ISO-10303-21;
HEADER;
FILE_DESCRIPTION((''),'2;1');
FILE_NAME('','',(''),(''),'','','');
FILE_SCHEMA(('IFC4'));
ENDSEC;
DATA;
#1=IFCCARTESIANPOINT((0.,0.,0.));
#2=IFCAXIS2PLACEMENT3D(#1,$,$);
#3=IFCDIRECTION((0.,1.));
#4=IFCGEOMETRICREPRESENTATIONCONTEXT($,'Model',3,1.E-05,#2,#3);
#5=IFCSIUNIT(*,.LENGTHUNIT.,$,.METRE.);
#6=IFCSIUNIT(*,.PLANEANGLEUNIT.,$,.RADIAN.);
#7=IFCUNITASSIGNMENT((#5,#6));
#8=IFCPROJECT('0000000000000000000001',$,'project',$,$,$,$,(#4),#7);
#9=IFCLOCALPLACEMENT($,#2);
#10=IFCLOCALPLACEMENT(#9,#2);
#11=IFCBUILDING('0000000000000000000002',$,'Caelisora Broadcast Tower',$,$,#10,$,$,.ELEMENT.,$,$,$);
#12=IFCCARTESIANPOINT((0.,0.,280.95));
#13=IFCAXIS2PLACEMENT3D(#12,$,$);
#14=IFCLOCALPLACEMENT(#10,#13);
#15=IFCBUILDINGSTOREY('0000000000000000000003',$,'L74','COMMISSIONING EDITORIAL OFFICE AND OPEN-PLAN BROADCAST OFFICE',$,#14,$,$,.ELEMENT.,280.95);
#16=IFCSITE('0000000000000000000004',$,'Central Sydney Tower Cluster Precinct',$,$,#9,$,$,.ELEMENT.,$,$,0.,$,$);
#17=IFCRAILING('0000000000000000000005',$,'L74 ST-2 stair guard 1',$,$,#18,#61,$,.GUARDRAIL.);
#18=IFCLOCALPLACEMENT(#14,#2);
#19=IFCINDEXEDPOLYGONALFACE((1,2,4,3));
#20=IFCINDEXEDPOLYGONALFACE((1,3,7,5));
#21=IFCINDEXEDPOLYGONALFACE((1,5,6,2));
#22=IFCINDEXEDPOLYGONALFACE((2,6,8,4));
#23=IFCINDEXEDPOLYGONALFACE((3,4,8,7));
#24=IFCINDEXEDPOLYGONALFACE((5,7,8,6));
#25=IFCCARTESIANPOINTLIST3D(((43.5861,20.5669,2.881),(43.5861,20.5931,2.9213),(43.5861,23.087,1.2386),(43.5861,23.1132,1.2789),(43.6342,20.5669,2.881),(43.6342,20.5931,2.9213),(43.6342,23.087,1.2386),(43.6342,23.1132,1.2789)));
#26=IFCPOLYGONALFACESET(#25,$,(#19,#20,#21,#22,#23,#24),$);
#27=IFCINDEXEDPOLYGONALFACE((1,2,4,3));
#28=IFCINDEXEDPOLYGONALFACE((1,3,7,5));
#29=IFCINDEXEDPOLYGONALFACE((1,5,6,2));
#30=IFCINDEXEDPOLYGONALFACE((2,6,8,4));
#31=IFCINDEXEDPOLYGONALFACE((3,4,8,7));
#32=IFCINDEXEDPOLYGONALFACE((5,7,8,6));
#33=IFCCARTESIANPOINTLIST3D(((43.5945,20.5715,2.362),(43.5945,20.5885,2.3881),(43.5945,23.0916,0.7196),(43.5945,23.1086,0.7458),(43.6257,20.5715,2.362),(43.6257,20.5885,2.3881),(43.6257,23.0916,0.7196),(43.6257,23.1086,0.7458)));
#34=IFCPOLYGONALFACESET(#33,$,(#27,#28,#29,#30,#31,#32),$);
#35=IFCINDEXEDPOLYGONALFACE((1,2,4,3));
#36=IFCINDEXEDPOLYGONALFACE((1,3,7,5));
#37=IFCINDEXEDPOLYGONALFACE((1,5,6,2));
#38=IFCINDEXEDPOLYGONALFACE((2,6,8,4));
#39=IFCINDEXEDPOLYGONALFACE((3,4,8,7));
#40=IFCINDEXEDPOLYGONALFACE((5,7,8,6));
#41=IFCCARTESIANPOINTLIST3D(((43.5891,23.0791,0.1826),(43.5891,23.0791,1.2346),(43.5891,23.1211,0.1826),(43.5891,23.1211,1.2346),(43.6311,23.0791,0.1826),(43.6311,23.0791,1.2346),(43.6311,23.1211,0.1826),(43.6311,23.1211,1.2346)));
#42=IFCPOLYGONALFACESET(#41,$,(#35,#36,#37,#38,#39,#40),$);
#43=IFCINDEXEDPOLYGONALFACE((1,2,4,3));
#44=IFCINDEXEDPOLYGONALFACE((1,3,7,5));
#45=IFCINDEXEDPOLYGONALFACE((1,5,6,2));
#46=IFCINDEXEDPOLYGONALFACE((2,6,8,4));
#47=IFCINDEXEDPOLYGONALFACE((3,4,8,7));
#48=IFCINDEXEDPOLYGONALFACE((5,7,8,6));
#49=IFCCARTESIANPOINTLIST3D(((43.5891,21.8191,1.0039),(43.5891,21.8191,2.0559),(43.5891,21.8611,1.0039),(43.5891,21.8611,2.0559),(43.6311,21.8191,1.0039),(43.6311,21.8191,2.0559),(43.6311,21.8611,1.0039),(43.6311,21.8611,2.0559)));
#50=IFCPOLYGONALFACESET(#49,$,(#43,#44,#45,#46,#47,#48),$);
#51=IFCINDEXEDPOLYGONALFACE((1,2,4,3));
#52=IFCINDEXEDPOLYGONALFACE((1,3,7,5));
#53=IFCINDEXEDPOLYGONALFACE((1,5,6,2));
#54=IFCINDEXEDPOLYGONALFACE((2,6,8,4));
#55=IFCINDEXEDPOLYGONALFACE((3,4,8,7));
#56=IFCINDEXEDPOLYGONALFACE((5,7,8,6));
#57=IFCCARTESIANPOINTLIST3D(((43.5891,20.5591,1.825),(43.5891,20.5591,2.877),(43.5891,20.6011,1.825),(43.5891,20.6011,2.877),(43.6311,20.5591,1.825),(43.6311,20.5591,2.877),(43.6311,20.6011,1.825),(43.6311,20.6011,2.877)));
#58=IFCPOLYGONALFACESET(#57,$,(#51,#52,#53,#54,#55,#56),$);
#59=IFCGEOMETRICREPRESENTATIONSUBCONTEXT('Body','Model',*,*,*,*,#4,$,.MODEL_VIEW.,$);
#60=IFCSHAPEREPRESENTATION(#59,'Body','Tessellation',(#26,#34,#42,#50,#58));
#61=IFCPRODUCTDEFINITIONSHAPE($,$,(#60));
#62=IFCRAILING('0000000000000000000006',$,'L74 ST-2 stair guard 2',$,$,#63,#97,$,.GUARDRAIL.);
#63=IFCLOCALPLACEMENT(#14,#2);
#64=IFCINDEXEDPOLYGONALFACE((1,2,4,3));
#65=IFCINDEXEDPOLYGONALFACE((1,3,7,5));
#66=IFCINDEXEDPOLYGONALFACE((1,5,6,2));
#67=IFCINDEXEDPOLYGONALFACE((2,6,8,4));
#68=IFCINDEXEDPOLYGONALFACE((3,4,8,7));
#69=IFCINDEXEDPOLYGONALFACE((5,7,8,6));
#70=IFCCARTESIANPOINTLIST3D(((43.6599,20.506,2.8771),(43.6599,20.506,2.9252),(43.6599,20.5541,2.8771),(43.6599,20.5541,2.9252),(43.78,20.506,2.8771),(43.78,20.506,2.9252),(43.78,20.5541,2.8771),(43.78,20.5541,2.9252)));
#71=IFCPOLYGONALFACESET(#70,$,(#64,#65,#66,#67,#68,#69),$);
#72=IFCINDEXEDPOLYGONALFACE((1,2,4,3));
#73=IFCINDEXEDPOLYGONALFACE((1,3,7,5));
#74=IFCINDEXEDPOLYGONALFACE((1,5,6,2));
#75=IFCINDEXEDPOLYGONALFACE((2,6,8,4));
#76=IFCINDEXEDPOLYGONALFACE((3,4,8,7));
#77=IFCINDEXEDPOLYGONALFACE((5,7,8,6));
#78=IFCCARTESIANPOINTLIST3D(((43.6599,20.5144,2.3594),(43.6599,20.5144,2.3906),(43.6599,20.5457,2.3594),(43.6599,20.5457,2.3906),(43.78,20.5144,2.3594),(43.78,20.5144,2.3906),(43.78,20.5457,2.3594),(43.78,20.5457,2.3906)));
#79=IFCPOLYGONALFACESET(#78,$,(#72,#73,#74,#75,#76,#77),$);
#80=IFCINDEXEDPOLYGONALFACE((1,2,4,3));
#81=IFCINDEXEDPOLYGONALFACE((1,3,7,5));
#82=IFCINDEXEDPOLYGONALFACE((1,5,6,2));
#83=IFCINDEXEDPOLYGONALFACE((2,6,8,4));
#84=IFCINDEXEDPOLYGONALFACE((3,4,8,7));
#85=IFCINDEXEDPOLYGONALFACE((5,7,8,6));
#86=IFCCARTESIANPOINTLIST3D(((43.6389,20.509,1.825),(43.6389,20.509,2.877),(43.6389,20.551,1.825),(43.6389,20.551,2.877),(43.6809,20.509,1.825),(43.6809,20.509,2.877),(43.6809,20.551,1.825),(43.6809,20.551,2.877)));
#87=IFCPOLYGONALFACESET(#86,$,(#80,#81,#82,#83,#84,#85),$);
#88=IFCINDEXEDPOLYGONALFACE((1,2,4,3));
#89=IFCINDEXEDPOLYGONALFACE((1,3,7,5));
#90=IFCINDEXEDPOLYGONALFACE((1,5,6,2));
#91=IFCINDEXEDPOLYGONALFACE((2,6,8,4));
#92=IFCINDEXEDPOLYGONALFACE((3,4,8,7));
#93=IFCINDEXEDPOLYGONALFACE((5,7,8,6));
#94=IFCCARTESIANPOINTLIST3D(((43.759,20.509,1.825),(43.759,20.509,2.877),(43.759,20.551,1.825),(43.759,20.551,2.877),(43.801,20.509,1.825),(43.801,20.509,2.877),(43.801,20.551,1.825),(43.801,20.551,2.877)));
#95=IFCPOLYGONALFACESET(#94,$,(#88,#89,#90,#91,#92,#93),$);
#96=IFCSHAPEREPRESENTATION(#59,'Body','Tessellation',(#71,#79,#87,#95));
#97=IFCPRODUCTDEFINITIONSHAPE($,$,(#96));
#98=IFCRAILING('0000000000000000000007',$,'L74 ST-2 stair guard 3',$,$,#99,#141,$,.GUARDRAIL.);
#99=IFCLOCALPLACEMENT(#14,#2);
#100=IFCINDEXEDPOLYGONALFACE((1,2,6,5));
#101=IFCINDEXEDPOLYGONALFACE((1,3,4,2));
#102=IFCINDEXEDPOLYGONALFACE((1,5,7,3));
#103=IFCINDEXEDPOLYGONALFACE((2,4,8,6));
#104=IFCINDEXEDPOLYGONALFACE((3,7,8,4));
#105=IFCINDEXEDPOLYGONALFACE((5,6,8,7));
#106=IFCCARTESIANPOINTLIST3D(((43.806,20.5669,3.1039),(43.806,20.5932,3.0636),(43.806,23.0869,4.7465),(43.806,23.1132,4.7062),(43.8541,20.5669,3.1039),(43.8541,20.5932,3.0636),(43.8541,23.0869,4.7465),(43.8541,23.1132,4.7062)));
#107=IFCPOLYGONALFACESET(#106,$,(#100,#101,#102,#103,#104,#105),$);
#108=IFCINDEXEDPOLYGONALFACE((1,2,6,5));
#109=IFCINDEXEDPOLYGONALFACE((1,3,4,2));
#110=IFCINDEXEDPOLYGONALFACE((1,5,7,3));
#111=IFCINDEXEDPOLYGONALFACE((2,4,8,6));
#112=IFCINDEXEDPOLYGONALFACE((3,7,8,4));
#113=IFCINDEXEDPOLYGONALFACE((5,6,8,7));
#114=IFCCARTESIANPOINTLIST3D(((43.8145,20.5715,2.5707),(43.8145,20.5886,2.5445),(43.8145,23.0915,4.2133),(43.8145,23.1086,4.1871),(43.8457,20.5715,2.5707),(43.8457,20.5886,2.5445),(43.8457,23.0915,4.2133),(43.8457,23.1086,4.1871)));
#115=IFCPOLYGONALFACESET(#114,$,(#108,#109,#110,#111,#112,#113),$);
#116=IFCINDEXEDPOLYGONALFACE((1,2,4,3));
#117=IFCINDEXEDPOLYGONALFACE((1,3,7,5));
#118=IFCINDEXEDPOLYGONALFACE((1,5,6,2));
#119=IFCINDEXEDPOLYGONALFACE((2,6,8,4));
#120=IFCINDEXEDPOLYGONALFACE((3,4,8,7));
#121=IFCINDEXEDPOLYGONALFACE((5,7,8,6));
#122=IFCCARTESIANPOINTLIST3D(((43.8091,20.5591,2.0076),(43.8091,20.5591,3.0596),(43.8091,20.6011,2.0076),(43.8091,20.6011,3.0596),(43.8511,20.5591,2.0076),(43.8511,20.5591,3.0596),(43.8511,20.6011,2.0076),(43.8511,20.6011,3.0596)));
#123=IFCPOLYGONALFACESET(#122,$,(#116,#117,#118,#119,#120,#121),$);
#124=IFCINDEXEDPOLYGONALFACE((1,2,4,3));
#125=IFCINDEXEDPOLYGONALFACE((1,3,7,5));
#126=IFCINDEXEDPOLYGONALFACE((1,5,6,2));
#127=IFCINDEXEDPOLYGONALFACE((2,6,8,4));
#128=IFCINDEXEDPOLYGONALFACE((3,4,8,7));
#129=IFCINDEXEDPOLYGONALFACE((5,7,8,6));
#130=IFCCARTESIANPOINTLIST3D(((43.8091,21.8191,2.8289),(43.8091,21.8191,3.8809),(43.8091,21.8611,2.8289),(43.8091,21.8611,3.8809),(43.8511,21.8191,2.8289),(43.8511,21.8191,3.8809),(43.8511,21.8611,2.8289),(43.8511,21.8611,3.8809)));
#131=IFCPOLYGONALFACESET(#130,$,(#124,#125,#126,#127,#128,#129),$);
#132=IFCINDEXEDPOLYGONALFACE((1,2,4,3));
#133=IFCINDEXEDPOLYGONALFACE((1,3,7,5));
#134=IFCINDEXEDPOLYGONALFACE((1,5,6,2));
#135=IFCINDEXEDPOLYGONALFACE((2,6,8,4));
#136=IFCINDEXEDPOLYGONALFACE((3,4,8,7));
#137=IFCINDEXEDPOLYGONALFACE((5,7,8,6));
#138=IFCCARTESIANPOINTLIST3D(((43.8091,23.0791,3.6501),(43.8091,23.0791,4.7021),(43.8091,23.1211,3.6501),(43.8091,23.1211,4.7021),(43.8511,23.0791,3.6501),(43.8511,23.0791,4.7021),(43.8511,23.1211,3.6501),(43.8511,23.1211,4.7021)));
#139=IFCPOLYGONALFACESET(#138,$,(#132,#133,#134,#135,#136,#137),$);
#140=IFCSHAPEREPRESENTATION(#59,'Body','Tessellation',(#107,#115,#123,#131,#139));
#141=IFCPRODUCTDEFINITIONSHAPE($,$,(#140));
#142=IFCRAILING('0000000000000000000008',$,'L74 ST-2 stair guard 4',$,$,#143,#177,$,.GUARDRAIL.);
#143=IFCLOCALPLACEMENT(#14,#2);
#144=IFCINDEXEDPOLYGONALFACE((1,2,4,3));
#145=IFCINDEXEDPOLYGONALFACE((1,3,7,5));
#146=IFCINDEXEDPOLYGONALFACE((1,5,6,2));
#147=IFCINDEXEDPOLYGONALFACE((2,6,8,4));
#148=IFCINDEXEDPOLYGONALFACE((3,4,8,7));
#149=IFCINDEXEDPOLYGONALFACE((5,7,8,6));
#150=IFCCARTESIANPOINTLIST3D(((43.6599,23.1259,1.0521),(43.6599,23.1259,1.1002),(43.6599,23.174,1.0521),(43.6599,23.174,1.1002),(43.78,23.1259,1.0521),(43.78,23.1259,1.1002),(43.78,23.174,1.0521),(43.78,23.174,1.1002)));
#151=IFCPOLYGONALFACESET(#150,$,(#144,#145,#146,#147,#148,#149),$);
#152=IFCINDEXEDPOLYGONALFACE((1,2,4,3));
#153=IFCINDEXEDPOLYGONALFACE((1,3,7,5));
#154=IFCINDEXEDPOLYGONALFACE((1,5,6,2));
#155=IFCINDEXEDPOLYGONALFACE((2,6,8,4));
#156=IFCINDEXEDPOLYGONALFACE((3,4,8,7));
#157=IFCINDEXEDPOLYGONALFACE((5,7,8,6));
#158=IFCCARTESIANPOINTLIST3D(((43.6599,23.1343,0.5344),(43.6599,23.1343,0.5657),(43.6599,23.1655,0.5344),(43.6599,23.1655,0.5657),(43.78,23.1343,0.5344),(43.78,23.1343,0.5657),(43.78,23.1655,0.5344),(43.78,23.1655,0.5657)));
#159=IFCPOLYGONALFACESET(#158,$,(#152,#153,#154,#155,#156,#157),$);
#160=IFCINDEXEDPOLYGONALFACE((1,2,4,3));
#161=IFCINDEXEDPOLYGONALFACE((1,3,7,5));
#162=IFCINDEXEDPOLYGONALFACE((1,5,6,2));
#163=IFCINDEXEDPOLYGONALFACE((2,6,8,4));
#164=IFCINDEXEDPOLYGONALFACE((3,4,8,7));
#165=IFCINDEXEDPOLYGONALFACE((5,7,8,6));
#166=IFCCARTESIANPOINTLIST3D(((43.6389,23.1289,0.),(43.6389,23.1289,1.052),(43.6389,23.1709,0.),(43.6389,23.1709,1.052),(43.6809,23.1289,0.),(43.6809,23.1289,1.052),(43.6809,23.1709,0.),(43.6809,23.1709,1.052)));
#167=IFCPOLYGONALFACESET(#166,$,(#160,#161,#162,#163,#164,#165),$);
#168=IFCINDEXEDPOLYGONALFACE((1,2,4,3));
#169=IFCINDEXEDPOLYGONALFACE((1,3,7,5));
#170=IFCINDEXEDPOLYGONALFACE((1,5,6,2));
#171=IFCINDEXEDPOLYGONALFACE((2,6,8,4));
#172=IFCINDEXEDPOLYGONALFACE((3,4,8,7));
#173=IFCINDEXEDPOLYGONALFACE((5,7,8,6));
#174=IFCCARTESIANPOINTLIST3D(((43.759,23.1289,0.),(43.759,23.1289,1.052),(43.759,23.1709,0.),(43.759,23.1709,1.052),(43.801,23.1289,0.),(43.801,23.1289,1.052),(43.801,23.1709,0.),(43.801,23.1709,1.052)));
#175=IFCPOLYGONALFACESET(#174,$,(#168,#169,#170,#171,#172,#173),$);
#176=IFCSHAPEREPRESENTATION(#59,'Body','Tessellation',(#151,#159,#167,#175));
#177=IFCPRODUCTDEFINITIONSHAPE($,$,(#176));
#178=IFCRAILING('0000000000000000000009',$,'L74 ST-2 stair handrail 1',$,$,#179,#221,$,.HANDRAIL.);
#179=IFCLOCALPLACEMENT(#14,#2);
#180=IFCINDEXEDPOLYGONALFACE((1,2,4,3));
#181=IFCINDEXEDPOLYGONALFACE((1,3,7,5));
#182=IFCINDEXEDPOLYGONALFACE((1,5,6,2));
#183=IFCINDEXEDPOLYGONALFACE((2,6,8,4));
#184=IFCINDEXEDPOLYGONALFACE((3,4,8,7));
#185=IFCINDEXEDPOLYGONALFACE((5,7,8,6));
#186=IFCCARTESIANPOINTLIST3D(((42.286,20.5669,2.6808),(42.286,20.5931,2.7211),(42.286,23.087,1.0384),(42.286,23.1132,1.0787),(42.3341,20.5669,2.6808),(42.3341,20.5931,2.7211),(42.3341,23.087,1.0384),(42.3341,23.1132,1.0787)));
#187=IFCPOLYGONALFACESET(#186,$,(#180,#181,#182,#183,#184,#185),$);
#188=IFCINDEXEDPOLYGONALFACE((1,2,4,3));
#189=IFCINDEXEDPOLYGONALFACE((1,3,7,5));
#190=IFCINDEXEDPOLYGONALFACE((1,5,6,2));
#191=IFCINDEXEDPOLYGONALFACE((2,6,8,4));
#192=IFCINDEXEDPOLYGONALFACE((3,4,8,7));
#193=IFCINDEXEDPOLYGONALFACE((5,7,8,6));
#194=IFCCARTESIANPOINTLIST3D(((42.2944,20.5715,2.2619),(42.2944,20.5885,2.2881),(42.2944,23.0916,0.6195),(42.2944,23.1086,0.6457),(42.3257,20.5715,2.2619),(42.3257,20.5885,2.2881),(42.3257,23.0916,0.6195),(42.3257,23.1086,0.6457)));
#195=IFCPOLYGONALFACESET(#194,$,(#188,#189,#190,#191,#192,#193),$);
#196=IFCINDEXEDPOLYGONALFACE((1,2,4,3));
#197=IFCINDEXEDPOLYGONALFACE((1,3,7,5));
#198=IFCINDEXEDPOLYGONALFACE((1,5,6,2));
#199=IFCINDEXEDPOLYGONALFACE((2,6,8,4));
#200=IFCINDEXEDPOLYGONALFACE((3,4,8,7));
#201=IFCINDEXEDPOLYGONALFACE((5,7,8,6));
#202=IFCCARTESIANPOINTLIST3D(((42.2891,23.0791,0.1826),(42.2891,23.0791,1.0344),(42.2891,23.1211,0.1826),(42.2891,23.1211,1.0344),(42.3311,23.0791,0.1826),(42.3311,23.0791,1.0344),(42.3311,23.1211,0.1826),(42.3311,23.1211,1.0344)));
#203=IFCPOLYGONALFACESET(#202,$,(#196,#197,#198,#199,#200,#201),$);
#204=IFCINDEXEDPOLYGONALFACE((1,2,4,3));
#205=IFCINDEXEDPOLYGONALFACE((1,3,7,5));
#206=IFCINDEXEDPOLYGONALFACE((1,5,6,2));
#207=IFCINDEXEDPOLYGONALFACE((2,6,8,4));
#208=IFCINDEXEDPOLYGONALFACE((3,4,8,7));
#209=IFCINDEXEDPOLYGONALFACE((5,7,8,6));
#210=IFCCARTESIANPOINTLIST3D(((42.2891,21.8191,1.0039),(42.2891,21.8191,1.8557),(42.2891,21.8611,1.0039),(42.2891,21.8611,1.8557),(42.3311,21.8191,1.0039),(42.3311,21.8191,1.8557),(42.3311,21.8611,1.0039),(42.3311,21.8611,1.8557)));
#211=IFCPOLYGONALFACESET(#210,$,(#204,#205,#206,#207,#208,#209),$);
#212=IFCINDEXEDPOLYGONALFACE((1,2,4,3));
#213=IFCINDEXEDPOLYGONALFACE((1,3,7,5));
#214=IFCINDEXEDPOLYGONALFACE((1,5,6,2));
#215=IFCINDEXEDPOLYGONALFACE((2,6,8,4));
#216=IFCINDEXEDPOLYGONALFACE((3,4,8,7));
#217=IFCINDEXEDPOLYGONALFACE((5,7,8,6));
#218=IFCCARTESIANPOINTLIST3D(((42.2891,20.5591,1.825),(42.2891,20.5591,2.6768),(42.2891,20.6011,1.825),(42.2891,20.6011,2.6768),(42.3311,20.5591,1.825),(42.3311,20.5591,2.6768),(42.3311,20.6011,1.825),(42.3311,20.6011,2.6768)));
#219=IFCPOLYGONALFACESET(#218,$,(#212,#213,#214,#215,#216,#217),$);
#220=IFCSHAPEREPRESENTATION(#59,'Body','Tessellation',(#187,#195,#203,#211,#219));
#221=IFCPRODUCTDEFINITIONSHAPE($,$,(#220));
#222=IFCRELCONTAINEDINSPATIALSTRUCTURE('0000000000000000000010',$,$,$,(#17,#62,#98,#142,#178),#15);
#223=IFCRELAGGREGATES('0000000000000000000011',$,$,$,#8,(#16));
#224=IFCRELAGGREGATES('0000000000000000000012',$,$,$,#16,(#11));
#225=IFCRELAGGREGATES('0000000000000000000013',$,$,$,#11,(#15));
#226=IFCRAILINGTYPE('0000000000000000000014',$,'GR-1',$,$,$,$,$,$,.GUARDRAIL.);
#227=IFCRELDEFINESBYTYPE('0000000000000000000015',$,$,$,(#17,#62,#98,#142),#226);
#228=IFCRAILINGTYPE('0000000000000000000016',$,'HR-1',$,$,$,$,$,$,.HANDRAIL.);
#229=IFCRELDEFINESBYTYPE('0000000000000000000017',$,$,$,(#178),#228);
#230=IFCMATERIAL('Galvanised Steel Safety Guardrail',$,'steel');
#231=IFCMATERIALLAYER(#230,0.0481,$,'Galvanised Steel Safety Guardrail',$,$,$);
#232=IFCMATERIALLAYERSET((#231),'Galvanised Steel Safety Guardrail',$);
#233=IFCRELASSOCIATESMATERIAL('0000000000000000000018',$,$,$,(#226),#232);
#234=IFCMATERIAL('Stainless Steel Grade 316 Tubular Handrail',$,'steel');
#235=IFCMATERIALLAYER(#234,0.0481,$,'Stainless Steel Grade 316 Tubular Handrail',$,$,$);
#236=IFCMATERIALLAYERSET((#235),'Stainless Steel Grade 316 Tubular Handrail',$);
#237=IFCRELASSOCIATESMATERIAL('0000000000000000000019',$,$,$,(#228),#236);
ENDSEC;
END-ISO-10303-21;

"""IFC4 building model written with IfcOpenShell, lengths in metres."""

from ifc_helpers import new_model, si_unit, direction, frame, origin, origin_2d, place, context, subcontext, project, spatial, rectangle, extrude, material, layer, layer_set, type_object, element, save


model = new_model("IFC4")

# Units and contexts
model_context = context("Model", 3, precision=1e-05, world=origin(), true_north=direction((0.0, 1.0)))
body_context = subcontext(model_context, "Body", "Model", "MODEL_VIEW")
ifc_project = project(units=[si_unit("LENGTHUNIT", "METRE"), si_unit("PLANEANGLEUNIT", "RADIAN")], contexts=[model_context])

# Site, building, storey
site_placement = place(None, origin())
site = spatial("IfcSite", under=ifc_project, at=site_placement, Name="Central Sydney Tower Cluster Precinct", CompositionType="ELEMENT", RefElevation=0.0)
building_placement = place(site_placement, origin())
building = spatial("IfcBuilding", under=site, at=building_placement, Name="Caelisora Broadcast Tower", CompositionType="ELEMENT")
storey_placement = place(building_placement, frame((0.0, 0.0, 280.95)))
storey = spatial("IfcBuildingStorey", under=building, at=storey_placement, Name="L74", Description="COMMISSIONING EDITORIAL OFFICE AND OPEN-PLAN BROADCAST OFFICE", CompositionType="ELEMENT", Elevation=280.95)

# Railings
ifc_material_1 = material(Name="Galvanised Steel Safety Guardrail", Category="steel")
ifc_layer_1 = layer(ifc_material_1, 0.0481, Name="Galvanised Steel Safety Guardrail")
ifc_layer_set_1 = layer_set([ifc_layer_1], Name="Galvanised Steel Safety Guardrail")
railing_type_1 = type_object("IfcRailingType", Name="GR-1", PredefinedType="GUARDRAIL", material=ifc_layer_set_1)
railing_1_placement = place(storey_placement, frame((43.6101, 23.1001, 0.1826)))
element("IfcRailing", 1, at=railing_1_placement, inside=storey, type_object=railing_type_1, Name="L74 ST-2 stair guard 1", PredefinedType="GUARDRAIL", context=body_context, shape_type="SweptSolid", body=[
    extrude(rectangle(XDim=0.0481, YDim=0.0481, at=origin_2d()), frame((0.0, 0.0, 1.0762), z_axis=(0.0, -0.837787, 0.545998), x_axis=(1.0, 0.0, 0.0)), (0.0, 0.0, 1.0), 3.0081),
    extrude(rectangle(XDim=0.0312, YDim=0.0312, at=origin_2d()), frame((0.0, 0.0, 0.55), z_axis=(0.0, -0.837787, 0.545998), x_axis=(1.0, 0.0, 0.0)), (0.0, 0.0, 1.0), 3.0081),
    extrude(rectangle(XDim=0.042, YDim=0.042, at=origin_2d()), origin(), (0.0, 0.0, 1.0), 1.052),
    extrude(rectangle(XDim=0.042, YDim=0.042, at=origin_2d()), frame((0.0, -1.26, 0.8213)), (0.0, 0.0, 1.0), 1.052),
    extrude(rectangle(XDim=0.042, YDim=0.042, at=origin_2d()), frame((0.0, -2.52, 1.6423)), (0.0, 0.0, 1.0), 1.052),
])
railing_2_placement = place(storey_placement, frame((43.6599, 20.53, 1.825)))
element("IfcRailing", 2, at=railing_2_placement, inside=storey, type_object=railing_type_1, Name="L74 ST-2 stair guard 2", PredefinedType="GUARDRAIL", context=body_context, shape_type="SweptSolid", body=[
    extrude(rectangle(XDim=0.0481, YDim=0.0481, at=origin_2d()), frame((0.0, 0.0, 1.0762), z_axis=(1.0, 0.0, 0.0), x_axis=(0.0, 1.0, 0.0)), (0.0, 0.0, 1.0), 0.1201),
    extrude(rectangle(XDim=0.0312, YDim=0.0312, at=origin_2d()), frame((0.0, 0.0, 0.55), z_axis=(1.0, 0.0, 0.0), x_axis=(0.0, 1.0, 0.0)), (0.0, 0.0, 1.0), 0.1201),
    extrude(rectangle(XDim=0.042, YDim=0.042, at=origin_2d()), origin(), (0.0, 0.0, 1.0), 1.052),
    extrude(rectangle(XDim=0.042, YDim=0.042, at=origin_2d()), frame((0.1201, 0.0, 0.0)), (0.0, 0.0, 1.0), 1.052),
])
railing_3_placement = place(storey_placement, frame((43.8301, 20.5801, 2.0076)))
element("IfcRailing", 3, at=railing_3_placement, inside=storey, type_object=railing_type_1, Name="L74 ST-2 stair guard 3", PredefinedType="GUARDRAIL", context=body_context, shape_type="SweptSolid", body=[
    extrude(rectangle(XDim=0.0481, YDim=0.0481, at=origin_2d()), frame((0.0, 0.0, 1.0762), z_axis=(0.0, 0.837749, 0.546055), x_axis=(-1.0, 0.0, 0.0)), (0.0, 0.0, 1.0), 3.0081),
    extrude(rectangle(XDim=0.0312, YDim=0.0312, at=origin_2d()), frame((0.0, 0.0, 0.55), z_axis=(0.0, 0.837749, 0.546055), x_axis=(-1.0, 0.0, 0.0)), (0.0, 0.0, 1.0), 3.0081),
    extrude(rectangle(XDim=0.042, YDim=0.042, at=origin_2d()), origin(), (0.0, 0.0, 1.0), 1.052),
    extrude(rectangle(XDim=0.042, YDim=0.042, at=origin_2d()), frame((0.0, 1.26, 0.8213)), (0.0, 0.0, 1.0), 1.052),
    extrude(rectangle(XDim=0.042, YDim=0.042, at=origin_2d()), frame((0.0, 2.52, 1.6426)), (0.0, 0.0, 1.0), 1.052),
])
railing_4_placement = place(storey_placement, frame((43.6599, 23.1499, 0.0)))
element("IfcRailing", 4, at=railing_4_placement, inside=storey, type_object=railing_type_1, Name="L74 ST-2 stair guard 4", PredefinedType="GUARDRAIL", context=body_context, shape_type="SweptSolid", body=[
    extrude(rectangle(XDim=0.0481, YDim=0.0481, at=origin_2d()), frame((0.0, 0.0, 1.0762), z_axis=(1.0, 0.0, 0.0), x_axis=(0.0, 1.0, 0.0)), (0.0, 0.0, 1.0), 0.1201),
    extrude(rectangle(XDim=0.0312, YDim=0.0312, at=origin_2d()), frame((0.0, 0.0, 0.55), z_axis=(1.0, 0.0, 0.0), x_axis=(0.0, 1.0, 0.0)), (0.0, 0.0, 1.0), 0.1201),
    extrude(rectangle(XDim=0.042, YDim=0.042, at=origin_2d()), origin(), (0.0, 0.0, 1.0), 1.052),
    extrude(rectangle(XDim=0.042, YDim=0.042, at=origin_2d()), frame((0.1201, 0.0, 0.0)), (0.0, 0.0, 1.0), 1.052),
])
ifc_material_2 = material(Name="Stainless Steel Grade 316 Tubular Handrail", Category="steel")
ifc_layer_2 = layer(ifc_material_2, 0.0481, Name="Stainless Steel Grade 316 Tubular Handrail")
ifc_layer_set_2 = layer_set([ifc_layer_2], Name="Stainless Steel Grade 316 Tubular Handrail")
railing_type_2 = type_object("IfcRailingType", Name="HR-1", PredefinedType="HANDRAIL", material=ifc_layer_set_2)
railing_5_placement = place(storey_placement, frame((42.3101, 23.1001, 0.1826)))
element("IfcRailing", 5, at=railing_5_placement, inside=storey, type_object=railing_type_2, Name="L74 ST-2 stair handrail 1", PredefinedType="HANDRAIL", context=body_context, shape_type="SweptSolid", body=[
    extrude(rectangle(XDim=0.0481, YDim=0.0481, at=origin_2d()), frame((0.0, 0.0, 0.876), z_axis=(0.0, -0.837787, 0.545998), x_axis=(1.0, 0.0, 0.0)), (0.0, 0.0, 1.0), 3.0081),
    extrude(rectangle(XDim=0.0312, YDim=0.0312, at=origin_2d()), frame((0.0, 0.0, 0.45), z_axis=(0.0, -0.837787, 0.545998), x_axis=(1.0, 0.0, 0.0)), (0.0, 0.0, 1.0), 3.0081),
    extrude(rectangle(XDim=0.042, YDim=0.042, at=origin_2d()), origin(), (0.0, 0.0, 1.0), 0.8518),
    extrude(rectangle(XDim=0.042, YDim=0.042, at=origin_2d()), frame((0.0, -1.26, 0.8213)), (0.0, 0.0, 1.0), 0.8518),
    extrude(rectangle(XDim=0.042, YDim=0.042, at=origin_2d()), frame((0.0, -2.52, 1.6423)), (0.0, 0.0, 1.0), 0.8518),
])

save(model, "model.ifc")
